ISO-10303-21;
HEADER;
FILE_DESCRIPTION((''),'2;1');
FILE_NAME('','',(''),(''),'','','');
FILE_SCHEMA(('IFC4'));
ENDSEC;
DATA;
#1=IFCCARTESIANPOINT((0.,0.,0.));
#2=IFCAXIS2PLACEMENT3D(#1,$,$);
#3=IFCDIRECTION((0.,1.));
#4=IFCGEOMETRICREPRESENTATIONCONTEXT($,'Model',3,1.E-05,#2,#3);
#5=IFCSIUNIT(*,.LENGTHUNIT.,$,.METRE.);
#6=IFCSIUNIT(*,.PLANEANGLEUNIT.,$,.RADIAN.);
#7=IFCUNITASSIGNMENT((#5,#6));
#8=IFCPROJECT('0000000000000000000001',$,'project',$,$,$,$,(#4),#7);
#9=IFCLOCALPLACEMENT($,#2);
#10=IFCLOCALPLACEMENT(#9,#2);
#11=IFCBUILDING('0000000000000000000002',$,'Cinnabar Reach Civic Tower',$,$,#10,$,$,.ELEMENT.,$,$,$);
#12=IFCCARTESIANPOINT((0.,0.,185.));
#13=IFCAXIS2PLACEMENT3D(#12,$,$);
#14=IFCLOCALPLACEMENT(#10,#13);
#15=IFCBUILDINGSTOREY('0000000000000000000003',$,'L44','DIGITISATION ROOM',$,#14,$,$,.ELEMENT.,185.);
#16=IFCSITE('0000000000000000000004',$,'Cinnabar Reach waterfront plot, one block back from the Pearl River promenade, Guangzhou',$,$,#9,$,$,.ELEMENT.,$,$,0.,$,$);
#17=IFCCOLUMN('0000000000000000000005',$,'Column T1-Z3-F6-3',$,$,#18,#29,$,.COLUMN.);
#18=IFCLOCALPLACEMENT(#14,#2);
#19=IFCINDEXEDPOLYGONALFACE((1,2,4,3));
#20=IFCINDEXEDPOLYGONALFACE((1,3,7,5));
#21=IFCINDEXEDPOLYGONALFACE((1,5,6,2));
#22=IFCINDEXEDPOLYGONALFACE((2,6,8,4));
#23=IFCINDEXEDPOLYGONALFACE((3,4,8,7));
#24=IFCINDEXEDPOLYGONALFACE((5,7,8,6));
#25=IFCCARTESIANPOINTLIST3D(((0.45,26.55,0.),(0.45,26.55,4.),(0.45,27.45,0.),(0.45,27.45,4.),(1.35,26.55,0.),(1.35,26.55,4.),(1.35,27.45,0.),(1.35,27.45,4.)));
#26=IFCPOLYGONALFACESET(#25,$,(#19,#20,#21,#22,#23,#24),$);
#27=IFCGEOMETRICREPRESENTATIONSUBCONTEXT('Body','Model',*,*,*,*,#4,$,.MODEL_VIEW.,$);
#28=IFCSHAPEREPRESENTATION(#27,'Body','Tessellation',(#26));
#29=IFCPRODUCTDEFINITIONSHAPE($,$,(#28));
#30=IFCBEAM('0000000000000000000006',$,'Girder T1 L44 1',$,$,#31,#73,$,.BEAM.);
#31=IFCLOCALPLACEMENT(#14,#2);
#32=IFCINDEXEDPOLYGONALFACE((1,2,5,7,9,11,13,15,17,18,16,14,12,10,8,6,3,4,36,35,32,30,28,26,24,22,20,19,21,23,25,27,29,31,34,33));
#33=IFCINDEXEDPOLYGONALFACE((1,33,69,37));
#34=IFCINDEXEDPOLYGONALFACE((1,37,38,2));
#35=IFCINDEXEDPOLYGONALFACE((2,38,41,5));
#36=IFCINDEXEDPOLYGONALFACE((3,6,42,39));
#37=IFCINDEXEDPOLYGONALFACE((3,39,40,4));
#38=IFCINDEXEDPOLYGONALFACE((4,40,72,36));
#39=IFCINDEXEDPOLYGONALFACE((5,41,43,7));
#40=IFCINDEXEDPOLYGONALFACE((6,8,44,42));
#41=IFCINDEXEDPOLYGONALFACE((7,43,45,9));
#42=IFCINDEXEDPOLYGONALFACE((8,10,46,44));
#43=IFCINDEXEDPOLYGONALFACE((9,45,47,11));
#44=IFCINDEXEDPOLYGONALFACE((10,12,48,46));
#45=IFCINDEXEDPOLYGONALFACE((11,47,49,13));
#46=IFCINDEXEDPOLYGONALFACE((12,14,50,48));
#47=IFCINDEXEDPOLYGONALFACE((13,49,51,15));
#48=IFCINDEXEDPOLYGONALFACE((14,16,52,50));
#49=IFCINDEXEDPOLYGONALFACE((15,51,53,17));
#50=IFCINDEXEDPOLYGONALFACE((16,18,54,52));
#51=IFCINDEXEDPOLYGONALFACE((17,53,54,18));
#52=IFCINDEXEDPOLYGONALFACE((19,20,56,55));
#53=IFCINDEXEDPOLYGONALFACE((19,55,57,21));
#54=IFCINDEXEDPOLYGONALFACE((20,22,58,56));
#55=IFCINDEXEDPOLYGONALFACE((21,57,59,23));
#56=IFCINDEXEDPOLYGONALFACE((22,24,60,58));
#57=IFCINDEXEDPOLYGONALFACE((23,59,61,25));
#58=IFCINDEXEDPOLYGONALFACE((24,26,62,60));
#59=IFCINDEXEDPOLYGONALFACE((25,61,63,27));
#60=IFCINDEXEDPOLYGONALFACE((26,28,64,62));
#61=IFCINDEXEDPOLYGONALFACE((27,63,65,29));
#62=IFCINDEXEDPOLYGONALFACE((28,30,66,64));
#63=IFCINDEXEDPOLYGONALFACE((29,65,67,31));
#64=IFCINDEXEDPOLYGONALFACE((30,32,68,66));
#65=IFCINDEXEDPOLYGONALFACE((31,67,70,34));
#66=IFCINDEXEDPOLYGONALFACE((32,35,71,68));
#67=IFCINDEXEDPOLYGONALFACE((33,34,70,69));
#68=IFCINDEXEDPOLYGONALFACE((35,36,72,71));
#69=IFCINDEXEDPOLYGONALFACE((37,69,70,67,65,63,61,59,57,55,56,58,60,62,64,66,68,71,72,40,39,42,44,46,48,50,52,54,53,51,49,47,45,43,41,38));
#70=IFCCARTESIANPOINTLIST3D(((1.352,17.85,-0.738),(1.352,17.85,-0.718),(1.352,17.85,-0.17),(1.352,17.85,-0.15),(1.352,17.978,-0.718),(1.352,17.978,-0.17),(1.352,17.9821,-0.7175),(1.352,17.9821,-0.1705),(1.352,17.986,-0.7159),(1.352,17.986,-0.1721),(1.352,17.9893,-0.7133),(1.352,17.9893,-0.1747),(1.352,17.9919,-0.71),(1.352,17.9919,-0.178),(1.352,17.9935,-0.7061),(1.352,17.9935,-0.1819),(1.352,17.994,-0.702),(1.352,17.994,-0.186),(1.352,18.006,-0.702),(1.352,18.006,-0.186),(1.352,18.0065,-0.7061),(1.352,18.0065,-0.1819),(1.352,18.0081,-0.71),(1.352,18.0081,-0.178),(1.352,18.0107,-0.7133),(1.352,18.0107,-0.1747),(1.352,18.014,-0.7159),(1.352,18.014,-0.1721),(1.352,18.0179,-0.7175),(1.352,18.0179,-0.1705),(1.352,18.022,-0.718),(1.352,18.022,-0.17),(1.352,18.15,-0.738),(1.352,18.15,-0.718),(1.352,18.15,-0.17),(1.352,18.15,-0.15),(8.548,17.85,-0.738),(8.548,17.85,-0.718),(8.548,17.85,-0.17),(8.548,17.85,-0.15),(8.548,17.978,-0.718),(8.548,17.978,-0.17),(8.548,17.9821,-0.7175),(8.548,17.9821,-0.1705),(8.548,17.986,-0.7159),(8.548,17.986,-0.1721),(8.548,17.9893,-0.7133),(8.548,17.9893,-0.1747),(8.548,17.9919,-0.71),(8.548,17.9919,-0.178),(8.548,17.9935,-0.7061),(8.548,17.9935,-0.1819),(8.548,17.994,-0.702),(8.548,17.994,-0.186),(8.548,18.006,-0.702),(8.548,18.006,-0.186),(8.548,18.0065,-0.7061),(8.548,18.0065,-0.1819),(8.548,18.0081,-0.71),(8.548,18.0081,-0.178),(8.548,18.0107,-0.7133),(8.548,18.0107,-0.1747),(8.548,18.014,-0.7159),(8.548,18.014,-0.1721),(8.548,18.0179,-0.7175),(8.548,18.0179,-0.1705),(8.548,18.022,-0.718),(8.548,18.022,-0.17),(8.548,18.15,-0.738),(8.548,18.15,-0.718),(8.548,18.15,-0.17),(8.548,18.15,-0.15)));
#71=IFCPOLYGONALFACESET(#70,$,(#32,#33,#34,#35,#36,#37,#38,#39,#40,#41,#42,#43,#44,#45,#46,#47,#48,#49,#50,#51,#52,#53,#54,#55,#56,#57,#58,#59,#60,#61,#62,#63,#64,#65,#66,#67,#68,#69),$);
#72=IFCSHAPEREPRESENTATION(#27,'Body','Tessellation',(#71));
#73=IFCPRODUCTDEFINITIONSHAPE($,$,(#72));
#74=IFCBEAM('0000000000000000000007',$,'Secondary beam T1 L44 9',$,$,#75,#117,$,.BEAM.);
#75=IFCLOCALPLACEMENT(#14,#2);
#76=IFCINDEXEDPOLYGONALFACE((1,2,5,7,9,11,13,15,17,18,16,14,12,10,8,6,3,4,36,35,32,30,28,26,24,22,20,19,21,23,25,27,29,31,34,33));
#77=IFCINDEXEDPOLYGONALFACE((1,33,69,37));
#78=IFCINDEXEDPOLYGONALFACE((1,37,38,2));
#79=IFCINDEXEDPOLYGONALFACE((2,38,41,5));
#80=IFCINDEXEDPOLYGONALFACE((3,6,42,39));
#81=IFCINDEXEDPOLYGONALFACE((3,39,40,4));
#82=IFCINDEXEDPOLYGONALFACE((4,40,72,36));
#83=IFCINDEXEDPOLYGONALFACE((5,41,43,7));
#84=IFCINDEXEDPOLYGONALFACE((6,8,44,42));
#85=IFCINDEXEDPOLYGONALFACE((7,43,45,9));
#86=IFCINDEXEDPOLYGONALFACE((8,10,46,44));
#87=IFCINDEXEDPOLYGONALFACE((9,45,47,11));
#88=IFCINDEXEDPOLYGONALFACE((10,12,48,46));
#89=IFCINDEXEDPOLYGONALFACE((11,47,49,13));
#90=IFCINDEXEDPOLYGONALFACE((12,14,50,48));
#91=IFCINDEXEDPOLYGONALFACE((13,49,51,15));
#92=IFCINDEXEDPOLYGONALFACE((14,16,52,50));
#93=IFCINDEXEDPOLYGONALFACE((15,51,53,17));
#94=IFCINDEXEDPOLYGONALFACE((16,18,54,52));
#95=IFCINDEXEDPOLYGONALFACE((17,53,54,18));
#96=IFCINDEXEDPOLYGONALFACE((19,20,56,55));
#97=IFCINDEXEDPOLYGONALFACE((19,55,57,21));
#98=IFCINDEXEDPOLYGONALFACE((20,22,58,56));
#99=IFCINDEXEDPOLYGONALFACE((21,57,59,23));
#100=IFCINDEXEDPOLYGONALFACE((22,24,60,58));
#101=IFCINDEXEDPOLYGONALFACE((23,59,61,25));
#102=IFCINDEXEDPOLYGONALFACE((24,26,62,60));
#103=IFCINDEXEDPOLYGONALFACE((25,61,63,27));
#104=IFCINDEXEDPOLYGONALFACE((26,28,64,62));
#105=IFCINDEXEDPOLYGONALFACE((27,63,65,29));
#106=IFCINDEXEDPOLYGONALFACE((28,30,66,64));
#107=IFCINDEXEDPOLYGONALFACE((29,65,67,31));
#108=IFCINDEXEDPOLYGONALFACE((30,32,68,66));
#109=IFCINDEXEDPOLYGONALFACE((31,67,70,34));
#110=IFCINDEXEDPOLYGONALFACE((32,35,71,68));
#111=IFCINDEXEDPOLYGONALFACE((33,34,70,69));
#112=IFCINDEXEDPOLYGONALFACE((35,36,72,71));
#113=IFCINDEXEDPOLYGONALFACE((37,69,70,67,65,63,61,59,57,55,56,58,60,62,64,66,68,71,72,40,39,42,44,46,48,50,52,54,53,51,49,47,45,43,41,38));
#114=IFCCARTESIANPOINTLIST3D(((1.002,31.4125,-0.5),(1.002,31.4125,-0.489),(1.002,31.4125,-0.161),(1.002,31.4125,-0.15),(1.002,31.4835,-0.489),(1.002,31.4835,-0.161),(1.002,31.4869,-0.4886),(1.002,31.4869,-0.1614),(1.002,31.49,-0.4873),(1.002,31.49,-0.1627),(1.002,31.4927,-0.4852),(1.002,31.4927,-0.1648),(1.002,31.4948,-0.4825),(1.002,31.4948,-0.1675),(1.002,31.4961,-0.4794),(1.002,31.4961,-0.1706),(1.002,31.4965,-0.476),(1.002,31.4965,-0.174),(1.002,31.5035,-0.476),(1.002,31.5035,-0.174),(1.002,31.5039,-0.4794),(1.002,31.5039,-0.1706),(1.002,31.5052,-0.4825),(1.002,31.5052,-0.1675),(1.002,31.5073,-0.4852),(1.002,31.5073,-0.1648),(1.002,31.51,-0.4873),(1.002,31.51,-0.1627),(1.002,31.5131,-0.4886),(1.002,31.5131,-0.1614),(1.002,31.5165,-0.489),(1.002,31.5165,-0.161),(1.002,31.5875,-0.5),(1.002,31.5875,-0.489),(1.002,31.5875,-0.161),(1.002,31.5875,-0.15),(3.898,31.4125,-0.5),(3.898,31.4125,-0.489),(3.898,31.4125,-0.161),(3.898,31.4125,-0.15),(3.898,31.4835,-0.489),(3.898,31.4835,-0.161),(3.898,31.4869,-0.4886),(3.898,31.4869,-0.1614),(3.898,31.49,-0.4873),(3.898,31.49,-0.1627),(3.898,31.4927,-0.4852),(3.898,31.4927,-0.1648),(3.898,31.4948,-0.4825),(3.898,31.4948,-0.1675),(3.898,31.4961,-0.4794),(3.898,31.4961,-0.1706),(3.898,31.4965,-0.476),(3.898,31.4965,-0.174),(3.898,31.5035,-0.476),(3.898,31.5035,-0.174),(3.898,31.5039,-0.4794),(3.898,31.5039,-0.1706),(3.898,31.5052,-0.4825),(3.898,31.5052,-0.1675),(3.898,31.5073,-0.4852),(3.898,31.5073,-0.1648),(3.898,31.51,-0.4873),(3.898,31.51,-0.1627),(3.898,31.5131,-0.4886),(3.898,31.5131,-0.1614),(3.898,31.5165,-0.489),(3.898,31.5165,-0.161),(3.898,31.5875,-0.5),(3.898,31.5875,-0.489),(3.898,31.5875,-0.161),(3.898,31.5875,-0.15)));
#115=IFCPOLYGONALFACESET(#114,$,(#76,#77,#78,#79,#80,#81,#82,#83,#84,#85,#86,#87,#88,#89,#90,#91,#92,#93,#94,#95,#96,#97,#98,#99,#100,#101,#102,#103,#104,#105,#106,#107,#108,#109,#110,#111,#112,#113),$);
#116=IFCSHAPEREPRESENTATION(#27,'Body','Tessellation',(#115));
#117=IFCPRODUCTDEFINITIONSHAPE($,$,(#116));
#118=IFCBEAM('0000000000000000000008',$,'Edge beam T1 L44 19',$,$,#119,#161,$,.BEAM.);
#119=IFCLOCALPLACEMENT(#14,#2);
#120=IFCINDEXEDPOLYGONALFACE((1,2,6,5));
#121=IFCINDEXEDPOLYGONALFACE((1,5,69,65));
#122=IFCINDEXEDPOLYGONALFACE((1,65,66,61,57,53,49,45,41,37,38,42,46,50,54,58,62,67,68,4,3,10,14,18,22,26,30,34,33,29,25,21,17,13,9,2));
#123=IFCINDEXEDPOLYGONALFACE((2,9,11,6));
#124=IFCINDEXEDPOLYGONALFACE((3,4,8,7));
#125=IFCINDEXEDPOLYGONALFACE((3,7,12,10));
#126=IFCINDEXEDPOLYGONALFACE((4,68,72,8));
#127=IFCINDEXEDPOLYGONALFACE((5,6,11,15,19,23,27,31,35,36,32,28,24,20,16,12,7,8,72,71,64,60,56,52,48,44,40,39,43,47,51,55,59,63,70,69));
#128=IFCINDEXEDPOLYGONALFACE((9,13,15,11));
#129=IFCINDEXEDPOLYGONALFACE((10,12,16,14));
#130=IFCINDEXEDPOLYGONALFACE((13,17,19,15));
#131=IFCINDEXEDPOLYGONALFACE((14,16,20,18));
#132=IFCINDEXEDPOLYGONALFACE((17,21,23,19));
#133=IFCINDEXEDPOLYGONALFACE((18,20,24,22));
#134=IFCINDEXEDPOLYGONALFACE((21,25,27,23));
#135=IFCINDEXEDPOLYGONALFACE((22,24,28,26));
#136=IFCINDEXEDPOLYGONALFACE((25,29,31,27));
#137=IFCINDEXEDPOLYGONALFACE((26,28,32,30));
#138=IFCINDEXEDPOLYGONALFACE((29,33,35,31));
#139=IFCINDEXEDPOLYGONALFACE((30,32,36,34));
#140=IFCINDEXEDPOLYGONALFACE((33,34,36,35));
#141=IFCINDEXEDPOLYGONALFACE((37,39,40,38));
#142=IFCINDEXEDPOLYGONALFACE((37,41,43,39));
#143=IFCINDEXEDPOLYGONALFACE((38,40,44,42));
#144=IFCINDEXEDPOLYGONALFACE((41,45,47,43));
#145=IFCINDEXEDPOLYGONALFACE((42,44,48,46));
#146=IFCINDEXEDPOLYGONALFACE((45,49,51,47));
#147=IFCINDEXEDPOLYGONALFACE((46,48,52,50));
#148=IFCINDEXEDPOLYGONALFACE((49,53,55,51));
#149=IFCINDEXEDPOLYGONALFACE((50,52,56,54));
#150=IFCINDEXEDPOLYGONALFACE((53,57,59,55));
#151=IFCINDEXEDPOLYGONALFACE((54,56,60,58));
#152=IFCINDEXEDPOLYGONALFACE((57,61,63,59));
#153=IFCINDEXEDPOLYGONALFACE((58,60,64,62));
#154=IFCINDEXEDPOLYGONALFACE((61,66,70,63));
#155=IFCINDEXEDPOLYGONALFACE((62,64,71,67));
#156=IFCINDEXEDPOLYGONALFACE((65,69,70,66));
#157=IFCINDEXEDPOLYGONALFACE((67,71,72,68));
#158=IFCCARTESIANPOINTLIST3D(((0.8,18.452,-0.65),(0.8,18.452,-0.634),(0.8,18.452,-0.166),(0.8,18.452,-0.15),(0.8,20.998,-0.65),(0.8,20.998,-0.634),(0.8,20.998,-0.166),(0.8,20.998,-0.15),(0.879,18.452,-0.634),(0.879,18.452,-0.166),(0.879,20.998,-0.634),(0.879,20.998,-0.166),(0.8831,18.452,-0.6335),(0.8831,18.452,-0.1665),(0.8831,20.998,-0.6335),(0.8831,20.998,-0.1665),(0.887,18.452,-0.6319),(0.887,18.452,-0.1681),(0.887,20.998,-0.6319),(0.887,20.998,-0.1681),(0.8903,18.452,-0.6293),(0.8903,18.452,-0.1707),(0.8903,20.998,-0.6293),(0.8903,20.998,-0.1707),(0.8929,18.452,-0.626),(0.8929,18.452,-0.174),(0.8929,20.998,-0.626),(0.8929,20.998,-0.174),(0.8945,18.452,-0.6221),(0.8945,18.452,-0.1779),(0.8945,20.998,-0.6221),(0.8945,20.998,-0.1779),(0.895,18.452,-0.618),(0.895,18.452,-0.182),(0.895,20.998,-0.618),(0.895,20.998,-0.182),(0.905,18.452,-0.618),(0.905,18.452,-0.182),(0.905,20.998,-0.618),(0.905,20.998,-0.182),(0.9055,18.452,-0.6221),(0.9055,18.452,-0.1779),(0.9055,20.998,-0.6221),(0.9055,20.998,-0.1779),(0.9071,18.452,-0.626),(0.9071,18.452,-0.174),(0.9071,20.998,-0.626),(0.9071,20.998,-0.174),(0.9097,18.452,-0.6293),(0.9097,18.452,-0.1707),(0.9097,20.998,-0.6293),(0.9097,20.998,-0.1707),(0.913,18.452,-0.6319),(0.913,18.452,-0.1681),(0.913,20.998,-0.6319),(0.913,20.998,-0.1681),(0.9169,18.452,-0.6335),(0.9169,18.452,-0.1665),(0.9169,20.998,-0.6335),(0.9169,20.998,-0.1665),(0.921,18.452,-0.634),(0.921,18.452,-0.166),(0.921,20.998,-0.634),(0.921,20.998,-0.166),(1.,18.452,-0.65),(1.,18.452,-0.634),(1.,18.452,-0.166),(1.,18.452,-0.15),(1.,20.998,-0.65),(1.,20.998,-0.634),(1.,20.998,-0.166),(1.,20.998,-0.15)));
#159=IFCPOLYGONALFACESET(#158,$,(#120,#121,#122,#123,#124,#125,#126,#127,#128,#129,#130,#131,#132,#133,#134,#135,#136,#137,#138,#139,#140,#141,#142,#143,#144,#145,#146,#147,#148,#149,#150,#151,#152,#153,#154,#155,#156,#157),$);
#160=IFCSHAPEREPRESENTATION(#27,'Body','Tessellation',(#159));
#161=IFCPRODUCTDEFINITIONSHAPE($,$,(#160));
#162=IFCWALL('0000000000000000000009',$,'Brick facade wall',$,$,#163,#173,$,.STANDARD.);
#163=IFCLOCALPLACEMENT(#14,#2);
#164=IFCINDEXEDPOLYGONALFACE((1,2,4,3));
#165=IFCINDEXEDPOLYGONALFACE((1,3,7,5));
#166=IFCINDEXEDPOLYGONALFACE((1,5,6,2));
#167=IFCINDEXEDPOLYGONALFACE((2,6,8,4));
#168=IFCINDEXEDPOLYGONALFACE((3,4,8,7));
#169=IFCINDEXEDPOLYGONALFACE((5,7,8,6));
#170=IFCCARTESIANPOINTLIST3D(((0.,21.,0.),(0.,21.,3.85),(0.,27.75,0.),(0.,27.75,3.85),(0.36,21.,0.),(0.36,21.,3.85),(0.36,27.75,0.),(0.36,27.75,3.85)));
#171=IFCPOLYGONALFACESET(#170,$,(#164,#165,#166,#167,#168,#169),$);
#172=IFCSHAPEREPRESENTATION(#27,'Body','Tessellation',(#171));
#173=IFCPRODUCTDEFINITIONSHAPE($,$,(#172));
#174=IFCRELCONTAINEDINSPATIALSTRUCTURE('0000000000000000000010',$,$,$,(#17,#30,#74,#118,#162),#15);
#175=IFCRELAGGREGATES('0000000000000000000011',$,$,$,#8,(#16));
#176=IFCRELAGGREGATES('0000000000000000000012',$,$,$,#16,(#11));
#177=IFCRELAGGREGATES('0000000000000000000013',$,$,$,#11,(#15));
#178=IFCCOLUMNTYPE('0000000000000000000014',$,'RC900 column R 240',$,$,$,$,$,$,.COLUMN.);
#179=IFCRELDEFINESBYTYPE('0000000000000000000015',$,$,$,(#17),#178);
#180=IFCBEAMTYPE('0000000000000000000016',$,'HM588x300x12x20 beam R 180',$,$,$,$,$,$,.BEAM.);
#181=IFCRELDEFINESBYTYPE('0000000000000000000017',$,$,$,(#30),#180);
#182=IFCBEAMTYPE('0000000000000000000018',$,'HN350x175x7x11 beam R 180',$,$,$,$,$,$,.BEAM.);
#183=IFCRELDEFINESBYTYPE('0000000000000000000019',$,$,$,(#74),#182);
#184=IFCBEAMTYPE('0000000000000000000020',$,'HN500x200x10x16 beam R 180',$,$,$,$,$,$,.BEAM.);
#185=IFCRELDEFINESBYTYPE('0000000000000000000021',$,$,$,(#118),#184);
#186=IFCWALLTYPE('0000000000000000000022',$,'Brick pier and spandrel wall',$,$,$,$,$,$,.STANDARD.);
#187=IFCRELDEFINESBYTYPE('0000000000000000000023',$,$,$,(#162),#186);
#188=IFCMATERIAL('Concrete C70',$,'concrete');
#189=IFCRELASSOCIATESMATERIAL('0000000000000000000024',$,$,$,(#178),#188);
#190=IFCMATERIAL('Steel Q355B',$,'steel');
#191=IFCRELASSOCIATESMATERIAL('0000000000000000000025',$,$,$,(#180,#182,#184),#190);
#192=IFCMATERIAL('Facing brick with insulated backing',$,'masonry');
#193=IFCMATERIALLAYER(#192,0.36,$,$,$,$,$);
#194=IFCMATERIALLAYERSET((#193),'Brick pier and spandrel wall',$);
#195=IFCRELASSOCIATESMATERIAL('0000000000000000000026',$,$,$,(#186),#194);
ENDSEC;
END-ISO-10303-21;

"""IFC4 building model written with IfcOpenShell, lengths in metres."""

from ifc_helpers import new_model, si_unit, direction, frame, frame_2d, origin, origin_2d, place, context, subcontext, project, spatial, rectangle, i_section, extrude, material, layer, layer_set, material_profile, profile_set, type_object, element, save


model = new_model("IFC4")

# Units and contexts
model_context = context("Model", 3, precision=1e-05, world=origin(), true_north=direction((0.0, 1.0)))
body_context = subcontext(model_context, "Body", "Model", "MODEL_VIEW")
ifc_project = project(units=[si_unit("LENGTHUNIT", "METRE"), si_unit("PLANEANGLEUNIT", "RADIAN")], contexts=[model_context])

# Site, building, storey
site_placement = place(None, origin())
site = spatial("IfcSite", under=ifc_project, at=site_placement, Name="Cinnabar Reach waterfront plot, one block back from the Pearl River promenade, Guangzhou", CompositionType="ELEMENT", RefElevation=0.0)
building_placement = place(site_placement, origin())
building = spatial("IfcBuilding", under=site, at=building_placement, Name="Cinnabar Reach Civic Tower", CompositionType="ELEMENT")
storey_placement = place(building_placement, frame((0.0, 0.0, 185.0)))
storey = spatial("IfcBuildingStorey", under=building, at=storey_placement, Name="L44", Description="DIGITISATION ROOM", CompositionType="ELEMENT", Elevation=185.0)

# Column
ifc_material_1 = material(Name="Concrete C70", Category="concrete")
ifc_material_profile_1 = material_profile(ifc_material_1, rectangle(XDim=0.9, YDim=0.9, at=origin_2d()), Name="RC900")
ifc_profile_set_1 = profile_set([ifc_material_profile_1], Name="Concrete C70")
column_type = type_object("IfcColumnType", Name="RC900 column R 240", PredefinedType="COLUMN", material=ifc_profile_set_1)
column_placement = place(storey_placement, frame((0.9, 27.0, 0.0), z_axis=(0.0, 0.0, 1.0), x_axis=(1.0, 0.0, 0.0)))
element("IfcColumn", 1, at=column_placement, inside=storey, type_object=column_type, Name="Column T1-Z3-F6-3", PredefinedType="COLUMN", context=body_context, shape_type="SweptSolid", body=[
    extrude(rectangle(XDim=0.9, YDim=0.9, at=origin_2d()), origin(), (0.0, 0.0, 1.0), 4.0),
])

# Beams
ifc_material_2 = material(Name="Steel Q355B", Category="steel")
ifc_material_profile_2 = material_profile(ifc_material_2, i_section(OverallWidth=0.3, OverallDepth=0.588, WebThickness=0.012, FlangeThickness=0.02, FilletRadius=0.016, at=origin_2d()), Name="HM588x300x12x20")
ifc_profile_set_2 = profile_set([ifc_material_profile_2], Name="Steel Q355B")
beam_type_1 = type_object("IfcBeamType", Name="HM588x300x12x20 beam R 180", PredefinedType="BEAM", material=ifc_profile_set_2)
beam_1_placement = place(storey_placement, frame((1.352, 18.0, -0.444), z_axis=(1.0, 0.0, 0.0), x_axis=(0.0, 1.0, 0.0)))
element("IfcBeam", 2, at=beam_1_placement, inside=storey, type_object=beam_type_1, Name="Girder T1 L44 1", PredefinedType="BEAM", context=body_context, shape_type="SweptSolid", body=[
    extrude(i_section(OverallWidth=0.3, OverallDepth=0.588, WebThickness=0.012, FlangeThickness=0.02, FilletRadius=0.016, at=origin_2d()), origin(), (0.0, 0.0, 1.0), 7.196),
])
ifc_material_profile_3 = material_profile(ifc_material_2, i_section(OverallWidth=0.175, OverallDepth=0.35, WebThickness=0.007, FlangeThickness=0.011, FilletRadius=0.013, at=origin_2d()), Name="HN350x175x7x11")
ifc_profile_set_3 = profile_set([ifc_material_profile_3], Name="Steel Q355B")
beam_type_2 = type_object("IfcBeamType", Name="HN350x175x7x11 beam R 180", PredefinedType="BEAM", material=ifc_profile_set_3)
beam_2_placement = place(storey_placement, frame((1.002, 31.5, -0.325), z_axis=(1.0, 0.0, 0.0), x_axis=(0.0, 1.0, 0.0)))
element("IfcBeam", 3, at=beam_2_placement, inside=storey, type_object=beam_type_2, Name="Secondary beam T1 L44 9", PredefinedType="BEAM", context=body_context, shape_type="SweptSolid", body=[
    extrude(i_section(OverallWidth=0.175, OverallDepth=0.35, WebThickness=0.007, FlangeThickness=0.011, FilletRadius=0.013, at=origin_2d()), origin(), (0.0, 0.0, 1.0), 2.896),
])
ifc_material_profile_4 = material_profile(ifc_material_2, i_section(OverallWidth=0.2, OverallDepth=0.5, WebThickness=0.01, FlangeThickness=0.016, FilletRadius=0.016, at=origin_2d()), Name="HN500x200x10x16")
ifc_profile_set_4 = profile_set([ifc_material_profile_4], Name="Steel Q355B")
beam_type_3 = type_object("IfcBeamType", Name="HN500x200x10x16 beam R 180", PredefinedType="BEAM", material=ifc_profile_set_4)
beam_3_placement = place(storey_placement, frame((0.9, 20.998, -0.4), z_axis=(0.0, -1.0, 0.0), x_axis=(1.0, 0.0, 0.0)))
element("IfcBeam", 4, at=beam_3_placement, inside=storey, type_object=beam_type_3, Name="Edge beam T1 L44 19", PredefinedType="BEAM", context=body_context, shape_type="SweptSolid", body=[
    extrude(i_section(OverallWidth=0.2, OverallDepth=0.5, WebThickness=0.01, FlangeThickness=0.016, FilletRadius=0.016, at=origin_2d()), origin(), (0.0, 0.0, 1.0), 2.546),
])

# Wall
ifc_material_3 = material(Name="Facing brick with insulated backing", Category="masonry")
ifc_layer_1 = layer(ifc_material_3, 0.36)
ifc_layer_set_1 = layer_set([ifc_layer_1], Name="Brick pier and spandrel wall")
wall_type_1 = type_object("IfcWallType", Name="Brick pier and spandrel wall", PredefinedType="STANDARD", material=ifc_layer_set_1)
wall_1_placement = place(storey_placement, frame((0.18, 27.75, 0.0), z_axis=(0.0, 0.0, 1.0), x_axis=(0.0, -1.0, 0.0)))
element("IfcWall", 5, at=wall_1_placement, inside=storey, type_object=wall_type_1, Name="Brick facade wall", PredefinedType="STANDARD", context=body_context, shape_type="SweptSolid", body=[
    extrude(rectangle(XDim=6.75, YDim=0.36, at=frame_2d((3.375, 0.0))), origin(), (0.0, 0.0, 1.0), 3.85),
])

save(model, "model.ifc")
